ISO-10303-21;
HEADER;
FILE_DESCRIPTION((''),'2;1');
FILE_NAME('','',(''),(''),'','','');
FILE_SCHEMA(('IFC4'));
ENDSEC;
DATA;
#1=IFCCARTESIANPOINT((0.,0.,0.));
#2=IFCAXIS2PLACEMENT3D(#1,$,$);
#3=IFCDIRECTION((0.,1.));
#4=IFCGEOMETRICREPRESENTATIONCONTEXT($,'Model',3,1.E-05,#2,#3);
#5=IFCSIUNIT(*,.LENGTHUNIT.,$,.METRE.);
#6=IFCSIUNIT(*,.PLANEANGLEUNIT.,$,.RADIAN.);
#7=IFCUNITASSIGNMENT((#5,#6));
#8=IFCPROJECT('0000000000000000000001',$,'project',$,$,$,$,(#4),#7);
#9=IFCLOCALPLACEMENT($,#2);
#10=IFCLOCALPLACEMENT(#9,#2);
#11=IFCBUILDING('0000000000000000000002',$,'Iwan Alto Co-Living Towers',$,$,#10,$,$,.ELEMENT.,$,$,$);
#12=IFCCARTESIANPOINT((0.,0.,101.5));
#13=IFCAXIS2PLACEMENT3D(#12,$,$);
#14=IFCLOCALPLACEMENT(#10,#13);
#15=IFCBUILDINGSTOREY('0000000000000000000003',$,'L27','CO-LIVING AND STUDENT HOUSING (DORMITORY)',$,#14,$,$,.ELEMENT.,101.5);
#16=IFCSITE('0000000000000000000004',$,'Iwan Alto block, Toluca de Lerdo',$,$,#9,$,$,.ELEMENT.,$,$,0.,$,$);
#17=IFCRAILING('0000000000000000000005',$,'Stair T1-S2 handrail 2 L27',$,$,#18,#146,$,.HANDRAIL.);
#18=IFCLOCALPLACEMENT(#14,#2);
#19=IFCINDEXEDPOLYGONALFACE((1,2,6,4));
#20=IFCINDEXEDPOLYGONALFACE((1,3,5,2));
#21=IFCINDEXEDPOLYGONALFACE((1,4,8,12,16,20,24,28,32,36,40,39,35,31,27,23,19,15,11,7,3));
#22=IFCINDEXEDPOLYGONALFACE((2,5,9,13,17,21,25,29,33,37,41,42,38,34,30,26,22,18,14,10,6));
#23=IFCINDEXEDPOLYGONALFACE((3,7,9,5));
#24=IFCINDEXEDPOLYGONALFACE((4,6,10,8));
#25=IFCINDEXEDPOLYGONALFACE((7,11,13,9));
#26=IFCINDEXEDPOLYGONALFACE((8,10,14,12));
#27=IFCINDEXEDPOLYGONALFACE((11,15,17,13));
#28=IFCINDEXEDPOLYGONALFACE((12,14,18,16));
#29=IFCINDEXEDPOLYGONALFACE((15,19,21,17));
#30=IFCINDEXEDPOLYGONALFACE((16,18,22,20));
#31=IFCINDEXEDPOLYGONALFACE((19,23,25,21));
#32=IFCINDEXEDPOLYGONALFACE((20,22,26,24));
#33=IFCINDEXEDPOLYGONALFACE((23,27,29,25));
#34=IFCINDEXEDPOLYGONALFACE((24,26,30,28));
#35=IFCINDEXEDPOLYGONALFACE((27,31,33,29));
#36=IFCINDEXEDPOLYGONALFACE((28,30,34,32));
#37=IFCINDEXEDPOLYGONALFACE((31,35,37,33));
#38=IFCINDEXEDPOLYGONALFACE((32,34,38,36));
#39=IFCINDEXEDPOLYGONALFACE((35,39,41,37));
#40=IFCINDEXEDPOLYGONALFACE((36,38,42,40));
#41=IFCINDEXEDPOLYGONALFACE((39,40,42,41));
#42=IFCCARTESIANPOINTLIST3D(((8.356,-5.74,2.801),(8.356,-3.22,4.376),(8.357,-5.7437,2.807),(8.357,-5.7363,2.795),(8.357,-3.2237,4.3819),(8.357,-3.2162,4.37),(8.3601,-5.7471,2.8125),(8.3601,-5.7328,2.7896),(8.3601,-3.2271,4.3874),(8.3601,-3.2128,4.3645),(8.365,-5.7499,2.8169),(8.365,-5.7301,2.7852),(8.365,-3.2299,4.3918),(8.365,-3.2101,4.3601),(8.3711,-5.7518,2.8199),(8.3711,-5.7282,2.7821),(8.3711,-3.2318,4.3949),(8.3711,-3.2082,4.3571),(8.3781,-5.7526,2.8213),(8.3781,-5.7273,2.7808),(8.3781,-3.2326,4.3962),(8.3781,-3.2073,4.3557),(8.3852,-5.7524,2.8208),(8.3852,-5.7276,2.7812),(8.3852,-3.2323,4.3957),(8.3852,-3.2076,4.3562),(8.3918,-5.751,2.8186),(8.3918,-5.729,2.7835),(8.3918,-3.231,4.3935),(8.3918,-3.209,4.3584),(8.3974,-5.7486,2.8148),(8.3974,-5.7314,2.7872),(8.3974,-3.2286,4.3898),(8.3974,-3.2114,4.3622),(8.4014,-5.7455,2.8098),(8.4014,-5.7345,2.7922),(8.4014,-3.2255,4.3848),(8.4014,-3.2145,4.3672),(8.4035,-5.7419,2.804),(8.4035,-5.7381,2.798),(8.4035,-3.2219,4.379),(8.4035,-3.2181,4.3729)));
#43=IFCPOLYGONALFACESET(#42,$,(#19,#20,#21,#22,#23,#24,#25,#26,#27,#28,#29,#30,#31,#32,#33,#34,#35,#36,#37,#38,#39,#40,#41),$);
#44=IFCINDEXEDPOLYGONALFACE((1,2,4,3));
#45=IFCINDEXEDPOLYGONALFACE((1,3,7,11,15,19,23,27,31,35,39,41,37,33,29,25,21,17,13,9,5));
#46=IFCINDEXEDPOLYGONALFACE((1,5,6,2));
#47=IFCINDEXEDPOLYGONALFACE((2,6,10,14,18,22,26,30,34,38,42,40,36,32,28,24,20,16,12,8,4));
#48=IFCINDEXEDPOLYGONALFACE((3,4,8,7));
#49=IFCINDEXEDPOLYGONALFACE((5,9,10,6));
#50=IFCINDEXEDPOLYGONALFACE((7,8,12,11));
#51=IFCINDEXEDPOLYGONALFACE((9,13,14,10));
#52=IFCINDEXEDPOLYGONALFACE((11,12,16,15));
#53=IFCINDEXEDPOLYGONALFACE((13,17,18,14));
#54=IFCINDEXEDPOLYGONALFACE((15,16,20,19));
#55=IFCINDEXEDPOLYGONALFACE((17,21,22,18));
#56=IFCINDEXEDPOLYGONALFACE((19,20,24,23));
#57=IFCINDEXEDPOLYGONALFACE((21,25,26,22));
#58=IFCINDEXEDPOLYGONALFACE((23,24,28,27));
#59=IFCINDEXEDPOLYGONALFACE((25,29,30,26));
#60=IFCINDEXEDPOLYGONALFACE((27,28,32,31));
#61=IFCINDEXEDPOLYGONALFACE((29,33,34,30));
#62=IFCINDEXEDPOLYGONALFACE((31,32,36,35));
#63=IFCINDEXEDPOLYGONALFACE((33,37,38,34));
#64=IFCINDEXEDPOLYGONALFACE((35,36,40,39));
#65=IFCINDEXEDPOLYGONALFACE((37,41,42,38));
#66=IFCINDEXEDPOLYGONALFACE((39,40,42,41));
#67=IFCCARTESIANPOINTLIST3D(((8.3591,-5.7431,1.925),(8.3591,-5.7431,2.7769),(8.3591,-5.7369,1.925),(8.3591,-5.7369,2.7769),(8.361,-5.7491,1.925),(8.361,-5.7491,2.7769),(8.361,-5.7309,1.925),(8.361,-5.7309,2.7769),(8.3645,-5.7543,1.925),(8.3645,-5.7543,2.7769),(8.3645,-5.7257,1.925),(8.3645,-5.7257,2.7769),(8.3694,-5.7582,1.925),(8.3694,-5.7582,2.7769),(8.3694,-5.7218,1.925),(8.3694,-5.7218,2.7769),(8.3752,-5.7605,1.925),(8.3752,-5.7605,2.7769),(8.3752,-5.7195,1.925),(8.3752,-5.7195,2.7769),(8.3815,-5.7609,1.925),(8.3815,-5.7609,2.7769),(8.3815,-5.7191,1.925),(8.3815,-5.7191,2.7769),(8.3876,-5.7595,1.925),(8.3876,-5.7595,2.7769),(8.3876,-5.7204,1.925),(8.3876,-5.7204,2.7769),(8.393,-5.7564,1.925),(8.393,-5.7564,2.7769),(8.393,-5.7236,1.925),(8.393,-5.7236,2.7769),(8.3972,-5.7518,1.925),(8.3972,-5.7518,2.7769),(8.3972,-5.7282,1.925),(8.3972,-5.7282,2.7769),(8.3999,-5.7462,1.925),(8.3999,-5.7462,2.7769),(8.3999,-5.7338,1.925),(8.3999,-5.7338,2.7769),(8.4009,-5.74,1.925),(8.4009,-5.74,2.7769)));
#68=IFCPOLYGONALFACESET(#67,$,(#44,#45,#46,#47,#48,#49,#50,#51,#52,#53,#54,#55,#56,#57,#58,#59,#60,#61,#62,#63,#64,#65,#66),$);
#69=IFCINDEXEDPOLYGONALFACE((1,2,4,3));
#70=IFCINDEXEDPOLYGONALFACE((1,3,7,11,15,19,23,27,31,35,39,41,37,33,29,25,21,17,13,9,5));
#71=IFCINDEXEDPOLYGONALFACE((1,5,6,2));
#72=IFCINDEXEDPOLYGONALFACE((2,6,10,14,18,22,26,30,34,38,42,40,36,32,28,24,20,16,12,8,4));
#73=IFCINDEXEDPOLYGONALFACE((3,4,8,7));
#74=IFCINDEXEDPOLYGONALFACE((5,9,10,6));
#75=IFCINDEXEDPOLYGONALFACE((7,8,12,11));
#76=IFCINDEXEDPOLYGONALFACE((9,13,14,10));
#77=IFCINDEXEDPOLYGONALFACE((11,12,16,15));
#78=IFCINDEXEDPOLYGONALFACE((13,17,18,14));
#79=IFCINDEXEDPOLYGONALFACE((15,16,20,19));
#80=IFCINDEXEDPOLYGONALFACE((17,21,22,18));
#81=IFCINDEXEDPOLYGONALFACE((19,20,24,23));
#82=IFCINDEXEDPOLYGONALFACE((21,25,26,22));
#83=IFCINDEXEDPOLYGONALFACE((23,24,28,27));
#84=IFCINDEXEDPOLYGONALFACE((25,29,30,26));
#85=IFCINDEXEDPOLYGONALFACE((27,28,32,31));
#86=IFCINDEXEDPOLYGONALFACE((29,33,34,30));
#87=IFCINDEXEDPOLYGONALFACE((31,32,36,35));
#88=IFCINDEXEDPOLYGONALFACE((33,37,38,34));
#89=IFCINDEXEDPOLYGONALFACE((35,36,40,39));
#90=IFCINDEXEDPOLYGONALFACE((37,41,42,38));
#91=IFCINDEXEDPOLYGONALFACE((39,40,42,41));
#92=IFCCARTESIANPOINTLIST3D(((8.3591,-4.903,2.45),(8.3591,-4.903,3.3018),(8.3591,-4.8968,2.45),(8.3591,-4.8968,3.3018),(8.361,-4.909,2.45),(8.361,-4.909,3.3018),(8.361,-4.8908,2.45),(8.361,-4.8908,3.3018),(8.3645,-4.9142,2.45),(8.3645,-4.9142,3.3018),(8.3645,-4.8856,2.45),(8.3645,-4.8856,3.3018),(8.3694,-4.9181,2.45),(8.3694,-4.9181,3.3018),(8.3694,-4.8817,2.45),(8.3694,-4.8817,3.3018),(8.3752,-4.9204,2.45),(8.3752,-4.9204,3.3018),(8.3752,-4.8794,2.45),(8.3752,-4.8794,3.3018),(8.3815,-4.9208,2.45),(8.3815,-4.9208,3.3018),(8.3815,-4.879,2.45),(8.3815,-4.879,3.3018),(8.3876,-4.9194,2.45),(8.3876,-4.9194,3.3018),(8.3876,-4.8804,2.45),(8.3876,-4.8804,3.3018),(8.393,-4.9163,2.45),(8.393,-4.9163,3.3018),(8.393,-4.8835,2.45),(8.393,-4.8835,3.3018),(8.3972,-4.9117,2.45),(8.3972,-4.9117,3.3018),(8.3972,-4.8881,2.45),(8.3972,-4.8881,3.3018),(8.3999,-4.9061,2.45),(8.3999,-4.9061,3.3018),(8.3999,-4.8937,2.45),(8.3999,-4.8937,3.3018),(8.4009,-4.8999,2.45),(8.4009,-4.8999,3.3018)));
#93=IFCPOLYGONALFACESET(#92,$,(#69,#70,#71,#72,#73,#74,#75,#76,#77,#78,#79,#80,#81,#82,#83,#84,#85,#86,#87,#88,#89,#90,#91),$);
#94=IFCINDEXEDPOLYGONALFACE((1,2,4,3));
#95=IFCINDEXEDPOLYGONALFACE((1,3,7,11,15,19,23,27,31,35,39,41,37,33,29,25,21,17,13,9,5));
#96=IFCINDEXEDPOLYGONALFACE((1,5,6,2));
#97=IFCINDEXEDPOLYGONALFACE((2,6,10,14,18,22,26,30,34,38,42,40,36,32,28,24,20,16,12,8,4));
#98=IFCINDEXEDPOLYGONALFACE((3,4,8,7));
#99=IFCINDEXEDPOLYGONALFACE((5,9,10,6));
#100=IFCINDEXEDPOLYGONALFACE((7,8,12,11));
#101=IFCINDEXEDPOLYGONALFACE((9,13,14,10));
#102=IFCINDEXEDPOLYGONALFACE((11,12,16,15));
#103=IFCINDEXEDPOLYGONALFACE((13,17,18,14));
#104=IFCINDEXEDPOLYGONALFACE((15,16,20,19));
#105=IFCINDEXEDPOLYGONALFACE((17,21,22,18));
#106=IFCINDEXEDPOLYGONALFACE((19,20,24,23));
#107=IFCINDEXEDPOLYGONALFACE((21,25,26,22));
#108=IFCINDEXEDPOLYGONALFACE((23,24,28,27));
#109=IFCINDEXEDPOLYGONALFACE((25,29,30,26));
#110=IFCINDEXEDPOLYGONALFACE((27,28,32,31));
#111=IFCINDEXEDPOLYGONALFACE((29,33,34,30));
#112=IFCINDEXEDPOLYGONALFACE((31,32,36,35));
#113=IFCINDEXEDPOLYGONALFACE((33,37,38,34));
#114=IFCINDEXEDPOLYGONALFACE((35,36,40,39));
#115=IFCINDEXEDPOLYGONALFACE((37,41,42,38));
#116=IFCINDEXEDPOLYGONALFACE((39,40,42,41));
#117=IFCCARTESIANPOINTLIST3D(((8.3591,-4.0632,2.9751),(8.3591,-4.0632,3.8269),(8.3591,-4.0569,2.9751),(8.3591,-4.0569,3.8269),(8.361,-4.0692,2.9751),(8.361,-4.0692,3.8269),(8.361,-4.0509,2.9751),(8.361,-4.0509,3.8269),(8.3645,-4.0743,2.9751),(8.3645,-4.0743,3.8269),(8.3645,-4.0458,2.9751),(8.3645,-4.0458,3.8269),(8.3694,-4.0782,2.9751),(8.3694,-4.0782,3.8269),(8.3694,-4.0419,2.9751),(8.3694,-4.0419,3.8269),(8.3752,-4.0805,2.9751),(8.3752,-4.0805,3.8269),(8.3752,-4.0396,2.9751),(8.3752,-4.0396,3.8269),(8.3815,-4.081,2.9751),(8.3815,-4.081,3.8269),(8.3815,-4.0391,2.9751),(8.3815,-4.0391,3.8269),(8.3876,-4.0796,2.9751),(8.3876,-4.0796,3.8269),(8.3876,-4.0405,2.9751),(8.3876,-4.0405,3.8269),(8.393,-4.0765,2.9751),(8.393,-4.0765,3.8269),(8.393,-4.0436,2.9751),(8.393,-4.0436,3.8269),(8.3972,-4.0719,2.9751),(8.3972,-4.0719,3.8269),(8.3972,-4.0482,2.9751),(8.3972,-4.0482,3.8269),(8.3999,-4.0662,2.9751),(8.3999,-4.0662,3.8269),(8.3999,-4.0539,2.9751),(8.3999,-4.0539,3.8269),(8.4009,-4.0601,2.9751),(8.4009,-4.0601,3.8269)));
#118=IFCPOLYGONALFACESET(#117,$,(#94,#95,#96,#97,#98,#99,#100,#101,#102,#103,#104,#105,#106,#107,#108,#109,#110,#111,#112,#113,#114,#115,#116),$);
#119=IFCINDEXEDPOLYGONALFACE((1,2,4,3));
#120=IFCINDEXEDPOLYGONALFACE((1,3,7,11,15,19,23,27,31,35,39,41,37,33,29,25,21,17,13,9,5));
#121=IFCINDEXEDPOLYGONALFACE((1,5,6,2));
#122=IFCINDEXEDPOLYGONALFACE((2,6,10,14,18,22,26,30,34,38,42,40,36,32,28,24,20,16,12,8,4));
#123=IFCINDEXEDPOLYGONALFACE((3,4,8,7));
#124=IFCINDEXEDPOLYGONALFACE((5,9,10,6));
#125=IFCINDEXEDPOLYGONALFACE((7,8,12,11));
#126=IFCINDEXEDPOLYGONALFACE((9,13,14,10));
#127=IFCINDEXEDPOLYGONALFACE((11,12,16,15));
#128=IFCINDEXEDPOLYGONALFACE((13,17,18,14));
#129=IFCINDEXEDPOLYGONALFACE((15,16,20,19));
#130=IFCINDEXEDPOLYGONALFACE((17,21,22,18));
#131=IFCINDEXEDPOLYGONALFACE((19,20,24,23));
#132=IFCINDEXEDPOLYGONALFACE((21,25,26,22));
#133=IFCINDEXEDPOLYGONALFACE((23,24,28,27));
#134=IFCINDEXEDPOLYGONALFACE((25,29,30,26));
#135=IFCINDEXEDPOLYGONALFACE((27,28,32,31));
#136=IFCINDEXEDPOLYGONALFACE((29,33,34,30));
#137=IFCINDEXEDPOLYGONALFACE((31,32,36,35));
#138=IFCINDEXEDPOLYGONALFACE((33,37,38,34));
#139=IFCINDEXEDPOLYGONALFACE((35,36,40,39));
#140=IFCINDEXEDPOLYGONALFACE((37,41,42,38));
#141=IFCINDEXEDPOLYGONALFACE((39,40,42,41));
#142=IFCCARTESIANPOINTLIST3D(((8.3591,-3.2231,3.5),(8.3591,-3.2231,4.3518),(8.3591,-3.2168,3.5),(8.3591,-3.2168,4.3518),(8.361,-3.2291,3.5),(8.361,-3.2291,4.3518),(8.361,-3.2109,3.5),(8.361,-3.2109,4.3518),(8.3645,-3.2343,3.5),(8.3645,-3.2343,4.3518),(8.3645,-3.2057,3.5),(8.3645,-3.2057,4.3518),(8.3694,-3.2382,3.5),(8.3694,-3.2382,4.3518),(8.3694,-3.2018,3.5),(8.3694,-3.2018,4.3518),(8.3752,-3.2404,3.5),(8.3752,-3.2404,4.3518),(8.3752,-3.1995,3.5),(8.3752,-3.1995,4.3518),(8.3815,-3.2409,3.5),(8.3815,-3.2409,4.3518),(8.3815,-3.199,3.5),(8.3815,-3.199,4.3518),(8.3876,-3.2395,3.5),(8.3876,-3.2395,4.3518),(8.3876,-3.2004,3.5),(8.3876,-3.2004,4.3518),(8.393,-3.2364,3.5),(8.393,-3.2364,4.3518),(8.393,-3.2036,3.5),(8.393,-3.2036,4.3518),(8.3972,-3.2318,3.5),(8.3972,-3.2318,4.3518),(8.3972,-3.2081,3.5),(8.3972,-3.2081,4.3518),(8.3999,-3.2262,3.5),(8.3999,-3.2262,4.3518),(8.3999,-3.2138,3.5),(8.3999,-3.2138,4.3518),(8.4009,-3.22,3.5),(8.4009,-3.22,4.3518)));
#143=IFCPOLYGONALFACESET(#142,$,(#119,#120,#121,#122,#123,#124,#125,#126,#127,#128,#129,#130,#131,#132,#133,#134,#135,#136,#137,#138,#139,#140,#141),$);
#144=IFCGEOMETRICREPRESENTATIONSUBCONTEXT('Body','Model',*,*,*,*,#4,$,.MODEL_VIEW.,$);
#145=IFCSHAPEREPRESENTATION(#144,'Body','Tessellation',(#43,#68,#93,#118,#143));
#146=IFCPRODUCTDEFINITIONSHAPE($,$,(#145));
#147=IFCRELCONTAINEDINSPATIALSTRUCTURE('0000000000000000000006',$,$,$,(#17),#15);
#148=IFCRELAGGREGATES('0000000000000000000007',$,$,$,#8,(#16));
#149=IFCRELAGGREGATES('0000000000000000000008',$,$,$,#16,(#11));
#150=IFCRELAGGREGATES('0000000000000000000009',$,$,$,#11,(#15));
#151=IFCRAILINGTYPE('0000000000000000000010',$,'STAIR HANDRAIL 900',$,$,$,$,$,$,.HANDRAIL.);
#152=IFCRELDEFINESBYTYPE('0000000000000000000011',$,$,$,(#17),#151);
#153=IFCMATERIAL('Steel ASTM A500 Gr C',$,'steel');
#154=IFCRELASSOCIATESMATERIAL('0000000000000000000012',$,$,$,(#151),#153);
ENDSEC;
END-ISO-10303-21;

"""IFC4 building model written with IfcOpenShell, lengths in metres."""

from ifc_helpers import new_model, si_unit, direction, frame, origin, origin_2d, place, context, subcontext, project, spatial, circle, extrude, material, type_object, element, save


model = new_model("IFC4")

# Units and contexts
model_context = context("Model", 3, precision=1e-05, world=origin(), true_north=direction((0.0, 1.0)))
body_context = subcontext(model_context, "Body", "Model", "MODEL_VIEW")
ifc_project = project(units=[si_unit("LENGTHUNIT", "METRE"), si_unit("PLANEANGLEUNIT", "RADIAN")], contexts=[model_context])

# Site, building, storey
site_placement = place(None, origin())
site = spatial("IfcSite", under=ifc_project, at=site_placement, Name="Iwan Alto block, Toluca de Lerdo", CompositionType="ELEMENT", RefElevation=0.0)
building_placement = place(site_placement, origin())
building = spatial("IfcBuilding", under=site, at=building_placement, Name="Iwan Alto Co-Living Towers", CompositionType="ELEMENT")
storey_placement = place(building_placement, frame((0.0, 0.0, 101.5)))
storey = spatial("IfcBuildingStorey", under=building, at=storey_placement, Name="L27", Description="CO-LIVING AND STUDENT HOUSING (DORMITORY)", CompositionType="ELEMENT", Elevation=101.5)

# Railing
ifc_material_1 = material(Name="Steel ASTM A500 Gr C", Category="steel")
railing_type_1 = type_object("IfcRailingType", Name="STAIR HANDRAIL 900", PredefinedType="HANDRAIL", material=ifc_material_1)
railing_1_placement = place(storey_placement, frame((8.3799, -5.74, 1.925)))
element("IfcRailing", 1, at=railing_1_placement, inside=storey, type_object=railing_type_1, Name="Stair T1-S2 handrail 2 L27", PredefinedType="HANDRAIL", context=body_context, shape_type="SweptSolid", body=[
    extrude(circle(Radius=0.0239, at=origin_2d()), frame((0.0, 0.0, 0.876), z_axis=(0.0, 0.848008, 0.529984), x_axis=(-1.0, 0.0, 0.0)), (0.0, 0.0, 1.0), 2.9717),
    extrude(circle(Radius=0.021, at=origin_2d()), origin(), (0.0, 0.0, 1.0), 0.8518),
    extrude(circle(Radius=0.021, at=origin_2d()), frame((0.0, 0.8401, 0.5249)), (0.0, 0.0, 1.0), 0.8518),
    extrude(circle(Radius=0.021, at=origin_2d()), frame((0.0, 1.6799, 1.05)), (0.0, 0.0, 1.0), 0.8518),
    extrude(circle(Radius=0.021, at=origin_2d()), frame((0.0, 2.52, 1.575)), (0.0, 0.0, 1.0), 0.8518),
])

save(model, "model.ifc")
